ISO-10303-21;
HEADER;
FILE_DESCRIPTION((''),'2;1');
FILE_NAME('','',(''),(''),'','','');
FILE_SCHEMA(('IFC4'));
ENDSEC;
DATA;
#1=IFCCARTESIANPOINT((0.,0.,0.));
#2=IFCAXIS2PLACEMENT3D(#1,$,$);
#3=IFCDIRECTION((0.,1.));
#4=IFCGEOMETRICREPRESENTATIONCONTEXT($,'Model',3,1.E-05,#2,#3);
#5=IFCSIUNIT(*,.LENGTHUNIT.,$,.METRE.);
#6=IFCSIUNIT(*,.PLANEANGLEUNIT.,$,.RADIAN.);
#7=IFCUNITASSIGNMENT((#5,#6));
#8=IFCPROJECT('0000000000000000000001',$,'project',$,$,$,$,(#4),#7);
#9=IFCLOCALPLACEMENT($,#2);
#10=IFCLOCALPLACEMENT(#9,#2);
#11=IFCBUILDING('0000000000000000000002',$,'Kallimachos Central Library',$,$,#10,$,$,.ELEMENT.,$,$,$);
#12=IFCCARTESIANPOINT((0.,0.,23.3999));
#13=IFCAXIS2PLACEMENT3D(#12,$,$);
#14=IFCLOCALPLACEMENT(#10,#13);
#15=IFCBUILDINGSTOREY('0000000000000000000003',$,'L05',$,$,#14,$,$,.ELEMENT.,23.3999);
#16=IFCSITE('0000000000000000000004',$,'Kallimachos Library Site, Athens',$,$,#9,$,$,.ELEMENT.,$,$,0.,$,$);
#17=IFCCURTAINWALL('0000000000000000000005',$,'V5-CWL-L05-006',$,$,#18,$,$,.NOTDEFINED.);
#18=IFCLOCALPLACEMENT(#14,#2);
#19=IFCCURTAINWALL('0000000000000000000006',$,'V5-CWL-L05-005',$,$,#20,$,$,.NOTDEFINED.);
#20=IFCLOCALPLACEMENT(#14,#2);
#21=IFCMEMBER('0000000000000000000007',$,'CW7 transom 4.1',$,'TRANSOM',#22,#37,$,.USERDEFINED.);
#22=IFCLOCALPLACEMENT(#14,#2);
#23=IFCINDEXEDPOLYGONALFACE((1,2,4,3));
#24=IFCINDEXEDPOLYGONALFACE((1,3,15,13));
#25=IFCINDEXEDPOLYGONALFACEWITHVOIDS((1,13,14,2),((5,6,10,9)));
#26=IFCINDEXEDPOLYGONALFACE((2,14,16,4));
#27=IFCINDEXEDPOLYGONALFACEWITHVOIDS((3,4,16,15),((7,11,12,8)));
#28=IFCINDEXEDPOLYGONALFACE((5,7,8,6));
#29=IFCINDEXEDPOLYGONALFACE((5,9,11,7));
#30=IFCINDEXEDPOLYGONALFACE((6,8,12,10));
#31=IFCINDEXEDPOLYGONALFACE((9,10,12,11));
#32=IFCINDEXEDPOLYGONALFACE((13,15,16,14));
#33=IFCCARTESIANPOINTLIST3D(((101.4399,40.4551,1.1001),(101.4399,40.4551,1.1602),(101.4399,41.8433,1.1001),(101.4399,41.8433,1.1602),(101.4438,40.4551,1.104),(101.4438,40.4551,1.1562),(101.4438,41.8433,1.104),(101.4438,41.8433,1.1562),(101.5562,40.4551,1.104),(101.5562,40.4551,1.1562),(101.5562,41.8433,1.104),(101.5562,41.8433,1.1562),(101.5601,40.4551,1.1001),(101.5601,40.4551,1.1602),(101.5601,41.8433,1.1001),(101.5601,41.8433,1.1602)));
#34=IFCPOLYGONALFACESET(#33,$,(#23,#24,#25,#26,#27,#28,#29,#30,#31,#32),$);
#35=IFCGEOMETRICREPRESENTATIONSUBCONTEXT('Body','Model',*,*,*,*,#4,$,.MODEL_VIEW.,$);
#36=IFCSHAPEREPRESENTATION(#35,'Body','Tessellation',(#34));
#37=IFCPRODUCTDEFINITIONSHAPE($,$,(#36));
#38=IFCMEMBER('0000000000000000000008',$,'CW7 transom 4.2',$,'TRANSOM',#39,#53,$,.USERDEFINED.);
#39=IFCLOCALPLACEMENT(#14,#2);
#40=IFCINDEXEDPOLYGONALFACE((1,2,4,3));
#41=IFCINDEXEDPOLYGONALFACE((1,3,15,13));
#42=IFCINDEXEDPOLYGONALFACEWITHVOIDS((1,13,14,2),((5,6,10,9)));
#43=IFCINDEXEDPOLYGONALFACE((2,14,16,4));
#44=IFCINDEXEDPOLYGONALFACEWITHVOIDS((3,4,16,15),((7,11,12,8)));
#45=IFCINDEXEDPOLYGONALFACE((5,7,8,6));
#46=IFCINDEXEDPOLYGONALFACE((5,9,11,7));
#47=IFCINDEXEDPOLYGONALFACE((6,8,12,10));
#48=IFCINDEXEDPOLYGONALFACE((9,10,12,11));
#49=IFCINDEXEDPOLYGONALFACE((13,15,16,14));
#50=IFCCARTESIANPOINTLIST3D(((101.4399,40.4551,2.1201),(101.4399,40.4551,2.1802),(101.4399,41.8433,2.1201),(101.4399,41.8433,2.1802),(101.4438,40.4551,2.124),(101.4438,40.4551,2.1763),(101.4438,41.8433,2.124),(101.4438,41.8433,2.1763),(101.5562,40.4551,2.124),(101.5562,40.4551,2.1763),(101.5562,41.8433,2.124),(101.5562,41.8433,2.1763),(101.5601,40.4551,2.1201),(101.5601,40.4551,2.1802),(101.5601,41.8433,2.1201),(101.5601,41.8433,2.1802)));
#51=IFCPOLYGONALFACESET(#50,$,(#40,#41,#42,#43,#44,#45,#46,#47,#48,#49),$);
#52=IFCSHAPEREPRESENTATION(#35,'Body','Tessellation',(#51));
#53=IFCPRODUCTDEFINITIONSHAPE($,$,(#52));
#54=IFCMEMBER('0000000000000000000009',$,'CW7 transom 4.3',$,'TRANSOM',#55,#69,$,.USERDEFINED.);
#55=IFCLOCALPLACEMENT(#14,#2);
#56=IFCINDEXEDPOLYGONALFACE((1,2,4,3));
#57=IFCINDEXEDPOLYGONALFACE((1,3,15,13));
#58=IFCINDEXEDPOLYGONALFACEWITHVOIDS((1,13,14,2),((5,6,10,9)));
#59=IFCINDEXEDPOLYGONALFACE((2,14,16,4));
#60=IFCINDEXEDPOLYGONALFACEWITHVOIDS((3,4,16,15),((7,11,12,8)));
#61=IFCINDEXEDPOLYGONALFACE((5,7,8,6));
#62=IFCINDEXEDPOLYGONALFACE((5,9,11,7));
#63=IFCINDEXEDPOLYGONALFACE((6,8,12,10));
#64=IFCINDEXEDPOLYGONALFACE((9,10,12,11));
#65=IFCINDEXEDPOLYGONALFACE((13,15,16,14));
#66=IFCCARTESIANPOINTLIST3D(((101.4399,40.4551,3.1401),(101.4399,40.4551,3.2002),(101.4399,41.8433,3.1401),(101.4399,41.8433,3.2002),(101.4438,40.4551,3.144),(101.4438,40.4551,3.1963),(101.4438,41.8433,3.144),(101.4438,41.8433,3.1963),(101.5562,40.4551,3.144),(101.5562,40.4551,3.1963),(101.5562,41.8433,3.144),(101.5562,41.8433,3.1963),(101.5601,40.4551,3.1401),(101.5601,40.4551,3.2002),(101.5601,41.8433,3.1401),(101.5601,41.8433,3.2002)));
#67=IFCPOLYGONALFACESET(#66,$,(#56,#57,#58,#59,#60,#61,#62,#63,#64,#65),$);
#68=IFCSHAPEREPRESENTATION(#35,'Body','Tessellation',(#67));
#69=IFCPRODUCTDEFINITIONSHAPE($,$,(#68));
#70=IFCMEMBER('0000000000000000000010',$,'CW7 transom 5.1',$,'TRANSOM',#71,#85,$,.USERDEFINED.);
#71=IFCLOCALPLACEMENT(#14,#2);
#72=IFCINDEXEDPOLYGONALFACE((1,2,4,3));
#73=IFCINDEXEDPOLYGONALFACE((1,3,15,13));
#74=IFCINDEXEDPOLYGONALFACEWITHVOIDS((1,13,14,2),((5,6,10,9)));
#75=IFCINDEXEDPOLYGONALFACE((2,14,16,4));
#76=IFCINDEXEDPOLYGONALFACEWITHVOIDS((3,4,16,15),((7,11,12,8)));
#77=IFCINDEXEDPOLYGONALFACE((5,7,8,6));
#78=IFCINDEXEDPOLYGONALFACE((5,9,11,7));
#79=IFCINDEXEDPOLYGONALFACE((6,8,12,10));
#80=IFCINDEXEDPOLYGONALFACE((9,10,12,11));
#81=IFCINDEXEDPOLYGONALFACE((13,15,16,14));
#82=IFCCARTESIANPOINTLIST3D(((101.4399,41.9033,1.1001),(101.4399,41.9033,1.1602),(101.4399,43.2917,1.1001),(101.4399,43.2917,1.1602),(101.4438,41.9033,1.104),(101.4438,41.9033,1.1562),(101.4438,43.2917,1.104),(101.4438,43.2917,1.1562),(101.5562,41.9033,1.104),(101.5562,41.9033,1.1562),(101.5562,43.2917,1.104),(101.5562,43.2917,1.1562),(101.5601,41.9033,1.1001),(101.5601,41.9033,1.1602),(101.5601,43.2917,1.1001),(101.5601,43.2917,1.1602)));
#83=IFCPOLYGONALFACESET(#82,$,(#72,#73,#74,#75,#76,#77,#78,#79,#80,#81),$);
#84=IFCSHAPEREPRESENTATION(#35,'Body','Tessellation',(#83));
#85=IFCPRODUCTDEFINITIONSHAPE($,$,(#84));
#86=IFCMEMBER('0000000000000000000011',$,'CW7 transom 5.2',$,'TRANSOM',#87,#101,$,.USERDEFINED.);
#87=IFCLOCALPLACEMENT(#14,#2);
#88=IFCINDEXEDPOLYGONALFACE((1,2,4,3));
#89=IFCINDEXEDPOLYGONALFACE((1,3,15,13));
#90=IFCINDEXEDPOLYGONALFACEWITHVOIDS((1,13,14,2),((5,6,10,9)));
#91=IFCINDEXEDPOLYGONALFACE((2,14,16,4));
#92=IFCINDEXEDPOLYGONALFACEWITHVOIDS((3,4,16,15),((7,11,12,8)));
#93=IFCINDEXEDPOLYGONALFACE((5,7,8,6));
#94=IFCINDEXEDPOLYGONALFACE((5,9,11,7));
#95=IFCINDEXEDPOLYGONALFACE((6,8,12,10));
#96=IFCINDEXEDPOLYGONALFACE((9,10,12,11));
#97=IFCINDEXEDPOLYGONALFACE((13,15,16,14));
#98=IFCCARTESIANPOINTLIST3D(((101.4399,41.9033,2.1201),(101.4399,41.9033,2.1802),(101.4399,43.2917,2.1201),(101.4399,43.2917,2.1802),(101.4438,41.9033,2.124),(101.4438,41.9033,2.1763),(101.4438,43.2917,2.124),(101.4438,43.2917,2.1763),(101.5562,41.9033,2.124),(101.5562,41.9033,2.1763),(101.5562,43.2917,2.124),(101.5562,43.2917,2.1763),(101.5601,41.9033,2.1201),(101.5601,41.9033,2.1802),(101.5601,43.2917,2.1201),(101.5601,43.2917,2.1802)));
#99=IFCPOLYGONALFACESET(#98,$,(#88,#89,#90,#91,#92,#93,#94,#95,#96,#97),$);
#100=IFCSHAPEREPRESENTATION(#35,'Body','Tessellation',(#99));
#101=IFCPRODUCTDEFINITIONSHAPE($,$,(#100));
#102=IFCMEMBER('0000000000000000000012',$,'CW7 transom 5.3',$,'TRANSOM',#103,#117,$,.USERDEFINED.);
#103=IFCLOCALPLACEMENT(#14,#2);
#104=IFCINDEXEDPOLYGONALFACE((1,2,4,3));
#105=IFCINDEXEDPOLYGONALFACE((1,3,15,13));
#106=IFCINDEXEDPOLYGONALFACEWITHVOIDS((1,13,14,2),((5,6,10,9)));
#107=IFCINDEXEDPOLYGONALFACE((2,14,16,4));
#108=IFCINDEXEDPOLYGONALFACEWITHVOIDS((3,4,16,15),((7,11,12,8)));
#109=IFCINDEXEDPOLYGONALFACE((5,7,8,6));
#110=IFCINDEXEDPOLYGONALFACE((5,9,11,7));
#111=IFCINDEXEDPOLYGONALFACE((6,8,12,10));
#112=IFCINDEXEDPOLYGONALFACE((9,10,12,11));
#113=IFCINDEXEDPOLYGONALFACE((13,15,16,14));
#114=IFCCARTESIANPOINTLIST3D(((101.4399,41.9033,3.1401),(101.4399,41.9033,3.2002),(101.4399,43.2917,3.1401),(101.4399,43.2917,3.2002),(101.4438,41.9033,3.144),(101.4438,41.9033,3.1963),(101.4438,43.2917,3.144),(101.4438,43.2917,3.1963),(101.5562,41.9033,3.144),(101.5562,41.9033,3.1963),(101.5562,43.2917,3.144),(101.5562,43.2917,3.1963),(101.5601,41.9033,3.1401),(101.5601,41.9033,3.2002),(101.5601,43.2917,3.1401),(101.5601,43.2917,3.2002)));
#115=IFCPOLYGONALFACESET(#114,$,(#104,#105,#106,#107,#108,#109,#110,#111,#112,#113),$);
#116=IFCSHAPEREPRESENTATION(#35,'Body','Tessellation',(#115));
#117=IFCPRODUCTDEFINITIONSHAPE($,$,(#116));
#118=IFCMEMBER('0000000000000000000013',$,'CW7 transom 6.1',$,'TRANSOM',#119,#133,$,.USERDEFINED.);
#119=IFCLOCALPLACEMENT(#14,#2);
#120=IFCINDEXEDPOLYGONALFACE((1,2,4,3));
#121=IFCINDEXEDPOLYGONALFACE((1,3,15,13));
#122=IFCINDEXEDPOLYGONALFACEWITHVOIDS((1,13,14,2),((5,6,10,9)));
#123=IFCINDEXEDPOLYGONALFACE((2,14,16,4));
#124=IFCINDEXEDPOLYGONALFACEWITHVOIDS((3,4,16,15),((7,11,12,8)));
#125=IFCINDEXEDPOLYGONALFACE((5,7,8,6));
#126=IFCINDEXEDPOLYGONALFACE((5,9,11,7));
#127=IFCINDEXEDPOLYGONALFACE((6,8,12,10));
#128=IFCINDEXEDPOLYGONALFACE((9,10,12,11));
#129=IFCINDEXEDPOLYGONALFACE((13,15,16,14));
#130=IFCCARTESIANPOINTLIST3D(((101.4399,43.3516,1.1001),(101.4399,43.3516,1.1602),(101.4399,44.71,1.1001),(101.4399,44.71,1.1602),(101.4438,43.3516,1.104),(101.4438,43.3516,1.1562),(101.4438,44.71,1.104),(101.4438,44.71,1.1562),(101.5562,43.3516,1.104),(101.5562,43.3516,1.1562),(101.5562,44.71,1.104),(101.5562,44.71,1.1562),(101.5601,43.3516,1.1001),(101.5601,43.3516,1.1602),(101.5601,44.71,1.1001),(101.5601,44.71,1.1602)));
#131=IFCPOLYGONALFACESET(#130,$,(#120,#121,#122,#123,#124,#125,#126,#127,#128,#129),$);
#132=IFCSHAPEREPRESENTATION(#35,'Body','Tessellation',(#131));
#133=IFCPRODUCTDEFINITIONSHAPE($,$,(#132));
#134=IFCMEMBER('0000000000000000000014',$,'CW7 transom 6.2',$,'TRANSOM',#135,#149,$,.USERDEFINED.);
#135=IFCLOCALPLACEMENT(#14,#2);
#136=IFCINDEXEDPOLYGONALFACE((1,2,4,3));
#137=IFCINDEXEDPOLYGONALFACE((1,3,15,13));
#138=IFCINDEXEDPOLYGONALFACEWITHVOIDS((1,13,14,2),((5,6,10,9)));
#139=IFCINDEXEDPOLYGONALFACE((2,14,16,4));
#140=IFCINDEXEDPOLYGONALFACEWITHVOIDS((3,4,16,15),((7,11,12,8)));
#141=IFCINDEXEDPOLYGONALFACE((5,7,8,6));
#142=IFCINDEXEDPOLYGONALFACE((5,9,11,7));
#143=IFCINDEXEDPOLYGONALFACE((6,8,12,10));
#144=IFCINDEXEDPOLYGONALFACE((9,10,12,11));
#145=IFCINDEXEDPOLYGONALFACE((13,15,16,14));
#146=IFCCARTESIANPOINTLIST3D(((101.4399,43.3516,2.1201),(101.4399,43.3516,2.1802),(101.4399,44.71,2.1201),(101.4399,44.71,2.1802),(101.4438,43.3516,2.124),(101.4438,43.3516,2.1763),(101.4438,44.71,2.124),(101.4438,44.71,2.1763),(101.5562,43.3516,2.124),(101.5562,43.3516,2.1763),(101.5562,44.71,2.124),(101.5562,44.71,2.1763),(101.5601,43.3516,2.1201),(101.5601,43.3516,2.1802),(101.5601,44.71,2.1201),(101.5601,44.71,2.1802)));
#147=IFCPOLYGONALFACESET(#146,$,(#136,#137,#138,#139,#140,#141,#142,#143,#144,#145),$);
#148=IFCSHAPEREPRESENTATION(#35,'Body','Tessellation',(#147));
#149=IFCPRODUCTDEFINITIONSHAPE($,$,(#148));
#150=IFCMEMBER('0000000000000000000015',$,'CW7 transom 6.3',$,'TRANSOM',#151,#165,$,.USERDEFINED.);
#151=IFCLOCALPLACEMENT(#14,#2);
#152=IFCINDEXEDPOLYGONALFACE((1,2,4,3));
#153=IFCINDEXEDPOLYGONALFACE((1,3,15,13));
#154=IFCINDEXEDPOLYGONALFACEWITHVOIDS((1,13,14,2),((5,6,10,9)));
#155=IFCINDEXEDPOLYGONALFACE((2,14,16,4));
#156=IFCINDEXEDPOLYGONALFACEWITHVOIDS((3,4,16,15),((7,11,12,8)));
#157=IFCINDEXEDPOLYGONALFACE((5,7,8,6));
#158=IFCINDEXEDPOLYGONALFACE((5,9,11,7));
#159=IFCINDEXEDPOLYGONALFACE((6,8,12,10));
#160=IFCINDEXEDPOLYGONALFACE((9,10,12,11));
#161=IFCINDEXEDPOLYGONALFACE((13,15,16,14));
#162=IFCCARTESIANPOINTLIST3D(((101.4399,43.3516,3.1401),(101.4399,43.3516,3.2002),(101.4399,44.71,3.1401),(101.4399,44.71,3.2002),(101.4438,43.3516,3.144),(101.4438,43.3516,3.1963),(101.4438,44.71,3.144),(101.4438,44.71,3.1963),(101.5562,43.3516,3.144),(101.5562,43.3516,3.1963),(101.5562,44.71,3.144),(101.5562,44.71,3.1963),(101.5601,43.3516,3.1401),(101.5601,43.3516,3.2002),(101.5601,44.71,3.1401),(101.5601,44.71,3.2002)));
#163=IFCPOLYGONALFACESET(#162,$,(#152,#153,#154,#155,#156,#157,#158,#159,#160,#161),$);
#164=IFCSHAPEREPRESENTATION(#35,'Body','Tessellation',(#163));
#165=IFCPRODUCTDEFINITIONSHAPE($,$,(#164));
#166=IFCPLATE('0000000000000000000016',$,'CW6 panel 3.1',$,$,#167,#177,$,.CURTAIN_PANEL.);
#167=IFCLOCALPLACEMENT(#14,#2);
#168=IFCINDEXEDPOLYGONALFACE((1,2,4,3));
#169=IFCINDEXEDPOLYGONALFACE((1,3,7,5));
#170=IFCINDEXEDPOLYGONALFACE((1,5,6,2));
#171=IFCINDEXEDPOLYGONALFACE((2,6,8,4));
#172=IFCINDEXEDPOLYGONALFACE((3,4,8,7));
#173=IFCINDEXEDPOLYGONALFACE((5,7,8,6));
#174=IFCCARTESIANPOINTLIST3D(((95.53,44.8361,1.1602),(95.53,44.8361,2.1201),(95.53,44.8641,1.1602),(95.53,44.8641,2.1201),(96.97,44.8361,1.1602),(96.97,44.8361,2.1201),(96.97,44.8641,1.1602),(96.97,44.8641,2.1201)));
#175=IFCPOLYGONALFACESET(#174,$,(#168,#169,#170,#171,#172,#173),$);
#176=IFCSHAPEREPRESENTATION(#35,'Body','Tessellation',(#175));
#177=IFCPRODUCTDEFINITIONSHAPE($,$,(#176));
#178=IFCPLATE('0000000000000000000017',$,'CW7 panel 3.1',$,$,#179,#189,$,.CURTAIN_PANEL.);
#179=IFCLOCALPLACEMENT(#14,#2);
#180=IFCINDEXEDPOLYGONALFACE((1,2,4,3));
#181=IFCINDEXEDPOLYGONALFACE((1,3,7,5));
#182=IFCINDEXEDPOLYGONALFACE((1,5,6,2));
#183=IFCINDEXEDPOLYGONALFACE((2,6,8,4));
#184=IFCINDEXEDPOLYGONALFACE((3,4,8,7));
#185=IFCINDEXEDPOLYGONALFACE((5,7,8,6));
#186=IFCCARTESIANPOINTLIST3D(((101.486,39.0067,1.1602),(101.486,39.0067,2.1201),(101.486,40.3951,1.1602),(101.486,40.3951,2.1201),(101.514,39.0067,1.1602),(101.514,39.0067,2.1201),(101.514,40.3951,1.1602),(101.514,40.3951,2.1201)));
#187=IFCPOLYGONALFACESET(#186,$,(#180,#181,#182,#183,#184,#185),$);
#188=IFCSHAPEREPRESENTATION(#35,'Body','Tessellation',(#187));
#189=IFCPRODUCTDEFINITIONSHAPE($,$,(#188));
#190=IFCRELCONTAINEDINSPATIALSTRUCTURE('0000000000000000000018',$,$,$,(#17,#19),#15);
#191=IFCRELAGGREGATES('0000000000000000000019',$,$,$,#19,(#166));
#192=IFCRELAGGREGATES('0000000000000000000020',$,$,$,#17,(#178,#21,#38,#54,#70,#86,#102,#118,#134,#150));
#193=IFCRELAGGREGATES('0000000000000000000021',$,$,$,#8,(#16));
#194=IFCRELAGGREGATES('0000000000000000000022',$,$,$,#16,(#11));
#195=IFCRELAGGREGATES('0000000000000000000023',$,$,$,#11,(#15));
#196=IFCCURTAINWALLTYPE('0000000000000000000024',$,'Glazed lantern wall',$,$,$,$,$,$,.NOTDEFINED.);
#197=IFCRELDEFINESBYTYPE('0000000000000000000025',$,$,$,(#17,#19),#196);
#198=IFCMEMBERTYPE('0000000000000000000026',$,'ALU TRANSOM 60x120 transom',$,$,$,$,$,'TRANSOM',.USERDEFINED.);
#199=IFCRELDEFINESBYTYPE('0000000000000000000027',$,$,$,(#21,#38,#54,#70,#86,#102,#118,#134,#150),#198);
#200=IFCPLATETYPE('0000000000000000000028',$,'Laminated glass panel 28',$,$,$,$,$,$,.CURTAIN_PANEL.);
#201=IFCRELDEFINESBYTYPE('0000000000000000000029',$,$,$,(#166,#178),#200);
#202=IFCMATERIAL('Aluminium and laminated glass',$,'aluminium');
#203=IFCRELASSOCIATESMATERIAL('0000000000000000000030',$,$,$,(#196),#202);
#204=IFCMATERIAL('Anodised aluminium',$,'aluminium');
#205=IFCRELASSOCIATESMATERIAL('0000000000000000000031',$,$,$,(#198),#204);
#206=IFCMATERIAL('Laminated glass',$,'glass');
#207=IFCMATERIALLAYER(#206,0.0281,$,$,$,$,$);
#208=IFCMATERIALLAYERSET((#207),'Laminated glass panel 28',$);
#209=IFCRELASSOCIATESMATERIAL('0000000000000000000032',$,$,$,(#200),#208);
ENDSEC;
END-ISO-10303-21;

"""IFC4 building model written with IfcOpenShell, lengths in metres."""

from ifc_helpers import new_model, si_unit, direction, frame, origin, origin_2d, place, context, subcontext, project, spatial, rectangle, hollow_rectangle, extrude, material, layer, layer_set, material_profile, profile_set, type_object, element, aggregate, save


model = new_model("IFC4")

# Units and contexts
model_context = context("Model", 3, precision=1e-05, world=origin(), true_north=direction((0.0, 1.0)))
body_context = subcontext(model_context, "Body", "Model", "MODEL_VIEW")
ifc_project = project(units=[si_unit("LENGTHUNIT", "METRE"), si_unit("PLANEANGLEUNIT", "RADIAN")], contexts=[model_context])

# Site, building, storey
site_placement = place(None, origin())
site = spatial("IfcSite", under=ifc_project, at=site_placement, Name="Kallimachos Library Site, Athens", CompositionType="ELEMENT", RefElevation=0.0)
building_placement = place(site_placement, origin())
building = spatial("IfcBuilding", under=site, at=building_placement, Name="Kallimachos Central Library", CompositionType="ELEMENT")
storey_placement = place(building_placement, frame((0.0, 0.0, 23.3999)))
storey = spatial("IfcBuildingStorey", under=building, at=storey_placement, Name="L05", CompositionType="ELEMENT", Elevation=23.3999)

# Curtain walls
ifc_material_1 = material(Name="Aluminium and laminated glass", Category="aluminium")
curtain_wall_type = type_object("IfcCurtainWallType", Name="Glazed lantern wall", PredefinedType="NOTDEFINED", material=ifc_material_1)
curtain_wall_1_placement = place(storey_placement, origin())
curtain_wall_1 = element("IfcCurtainWall", 1, at=curtain_wall_1_placement, inside=storey, type_object=curtain_wall_type, Name="V5-CWL-L05-006", PredefinedType="NOTDEFINED")
curtain_wall_2_placement = place(storey_placement, origin())
curtain_wall_2 = element("IfcCurtainWall", 2, at=curtain_wall_2_placement, inside=storey, type_object=curtain_wall_type, Name="V5-CWL-L05-005", PredefinedType="NOTDEFINED")
ifc_material_2 = material(Name="Anodised aluminium", Category="aluminium")
ifc_material_profile_1 = material_profile(ifc_material_2, hollow_rectangle(XDim=0.0601, YDim=0.1201, WallThickness=0.0039, at=origin_2d()), Name="ALU TRANSOM 60x120")
ifc_profile_set_1 = profile_set([ifc_material_profile_1], Name="Anodised aluminium")
member_type_1 = type_object("IfcMemberType", Name="ALU TRANSOM 60x120 transom", ElementType="TRANSOM", PredefinedType="USERDEFINED", material=ifc_profile_set_1)

# Members
member_1_placement = place(storey_placement, frame((101.5, 40.4551, 1.1301), z_axis=(0.0, 1.0, 0.0), x_axis=(0.0, 0.0, 1.0)))
member_1 = element("IfcMember", 3, at=member_1_placement, type_object=member_type_1, Name="CW7 transom 4.1", ObjectType="TRANSOM", PredefinedType="USERDEFINED", context=body_context, shape_type="SweptSolid", body=[
    extrude(hollow_rectangle(XDim=0.0601, YDim=0.1201, WallThickness=0.0039, at=origin_2d()), origin(), (0.0, 0.0, 1.0), 1.3882),
])
member_2_placement = place(storey_placement, frame((101.5, 40.4551, 2.1501), z_axis=(0.0, 1.0, 0.0), x_axis=(0.0, 0.0, 1.0)))
member_2 = element("IfcMember", 4, at=member_2_placement, type_object=member_type_1, Name="CW7 transom 4.2", ObjectType="TRANSOM", PredefinedType="USERDEFINED", context=body_context, shape_type="SweptSolid", body=[
    extrude(hollow_rectangle(XDim=0.0601, YDim=0.1201, WallThickness=0.0039, at=origin_2d()), origin(), (0.0, 0.0, 1.0), 1.3882),
])
member_3_placement = place(storey_placement, frame((101.5, 40.4551, 3.1702), z_axis=(0.0, 1.0, 0.0), x_axis=(0.0, 0.0, 1.0)))
member_3 = element("IfcMember", 5, at=member_3_placement, type_object=member_type_1, Name="CW7 transom 4.3", ObjectType="TRANSOM", PredefinedType="USERDEFINED", context=body_context, shape_type="SweptSolid", body=[
    extrude(hollow_rectangle(XDim=0.0601, YDim=0.1201, WallThickness=0.0039, at=origin_2d()), origin(), (0.0, 0.0, 1.0), 1.3882),
])
member_4_placement = place(storey_placement, frame((101.5, 41.9033, 1.1301), z_axis=(0.0, 1.0, 0.0), x_axis=(0.0, 0.0, 1.0)))
member_4 = element("IfcMember", 6, at=member_4_placement, type_object=member_type_1, Name="CW7 transom 5.1", ObjectType="TRANSOM", PredefinedType="USERDEFINED", context=body_context, shape_type="SweptSolid", body=[
    extrude(hollow_rectangle(XDim=0.0601, YDim=0.1201, WallThickness=0.0039, at=origin_2d()), origin(), (0.0, 0.0, 1.0), 1.3884),
])
member_5_placement = place(storey_placement, frame((101.5, 41.9033, 2.1501), z_axis=(0.0, 1.0, 0.0), x_axis=(0.0, 0.0, 1.0)))
member_5 = element("IfcMember", 7, at=member_5_placement, type_object=member_type_1, Name="CW7 transom 5.2", ObjectType="TRANSOM", PredefinedType="USERDEFINED", context=body_context, shape_type="SweptSolid", body=[
    extrude(hollow_rectangle(XDim=0.0601, YDim=0.1201, WallThickness=0.0039, at=origin_2d()), origin(), (0.0, 0.0, 1.0), 1.3884),
])
member_6_placement = place(storey_placement, frame((101.5, 41.9033, 3.1702), z_axis=(0.0, 1.0, 0.0), x_axis=(0.0, 0.0, 1.0)))
member_6 = element("IfcMember", 8, at=member_6_placement, type_object=member_type_1, Name="CW7 transom 5.3", ObjectType="TRANSOM", PredefinedType="USERDEFINED", context=body_context, shape_type="SweptSolid", body=[
    extrude(hollow_rectangle(XDim=0.0601, YDim=0.1201, WallThickness=0.0039, at=origin_2d()), origin(), (0.0, 0.0, 1.0), 1.3884),
])
member_7_placement = place(storey_placement, frame((101.5, 43.3516, 1.1301), z_axis=(0.0, 1.0, 0.0), x_axis=(0.0, 0.0, 1.0)))
member_7 = element("IfcMember", 9, at=member_7_placement, type_object=member_type_1, Name="CW7 transom 6.1", ObjectType="TRANSOM", PredefinedType="USERDEFINED", context=body_context, shape_type="SweptSolid", body=[
    extrude(hollow_rectangle(XDim=0.0601, YDim=0.1201, WallThickness=0.0039, at=origin_2d()), origin(), (0.0, 0.0, 1.0), 1.3584),
])
member_8_placement = place(storey_placement, frame((101.5, 43.3516, 2.1501), z_axis=(0.0, 1.0, 0.0), x_axis=(0.0, 0.0, 1.0)))
member_8 = element("IfcMember", 10, at=member_8_placement, type_object=member_type_1, Name="CW7 transom 6.2", ObjectType="TRANSOM", PredefinedType="USERDEFINED", context=body_context, shape_type="SweptSolid", body=[
    extrude(hollow_rectangle(XDim=0.0601, YDim=0.1201, WallThickness=0.0039, at=origin_2d()), origin(), (0.0, 0.0, 1.0), 1.3584),
])
member_9_placement = place(storey_placement, frame((101.5, 43.3516, 3.1702), z_axis=(0.0, 1.0, 0.0), x_axis=(0.0, 0.0, 1.0)))
member_9 = element("IfcMember", 11, at=member_9_placement, type_object=member_type_1, Name="CW7 transom 6.3", ObjectType="TRANSOM", PredefinedType="USERDEFINED", context=body_context, shape_type="SweptSolid", body=[
    extrude(hollow_rectangle(XDim=0.0601, YDim=0.1201, WallThickness=0.0039, at=origin_2d()), origin(), (0.0, 0.0, 1.0), 1.3584),
])

# Plates
ifc_material_3 = material(Name="Laminated glass", Category="glass")
ifc_layer_1 = layer(ifc_material_3, 0.0281)
ifc_layer_set_1 = layer_set([ifc_layer_1], Name="Laminated glass panel 28")
plate_type = type_object("IfcPlateType", Name="Laminated glass panel 28", PredefinedType="CURTAIN_PANEL", material=ifc_layer_set_1)
plate_1_placement = place(storey_placement, frame((96.25, 44.8501, 1.1602), z_axis=(0.0, 0.0, 1.0), x_axis=(1.0, 0.0, 0.0)))
plate_1 = element("IfcPlate", 12, at=plate_1_placement, type_object=plate_type, Name="CW6 panel 3.1", PredefinedType="CURTAIN_PANEL", context=body_context, shape_type="SweptSolid", body=[
    extrude(rectangle(XDim=1.4399, YDim=0.0281, at=origin_2d()), origin(), (0.0, 0.0, 1.0), 0.96),
])
aggregate(curtain_wall_2, [plate_1])
plate_2_placement = place(storey_placement, frame((101.5, 39.7009, 1.1602), z_axis=(0.0, 0.0, 1.0), x_axis=(0.0, 1.0, 0.0)))
plate_2 = element("IfcPlate", 13, at=plate_2_placement, type_object=plate_type, Name="CW7 panel 3.1", PredefinedType="CURTAIN_PANEL", context=body_context, shape_type="SweptSolid", body=[
    extrude(rectangle(XDim=1.3884, YDim=0.0281, at=origin_2d()), origin(), (0.0, 0.0, 1.0), 0.96),
])
aggregate(curtain_wall_1, [plate_2, member_1, member_2, member_3, member_4, member_5, member_6, member_7, member_8, member_9])

save(model, "model.ifc")
